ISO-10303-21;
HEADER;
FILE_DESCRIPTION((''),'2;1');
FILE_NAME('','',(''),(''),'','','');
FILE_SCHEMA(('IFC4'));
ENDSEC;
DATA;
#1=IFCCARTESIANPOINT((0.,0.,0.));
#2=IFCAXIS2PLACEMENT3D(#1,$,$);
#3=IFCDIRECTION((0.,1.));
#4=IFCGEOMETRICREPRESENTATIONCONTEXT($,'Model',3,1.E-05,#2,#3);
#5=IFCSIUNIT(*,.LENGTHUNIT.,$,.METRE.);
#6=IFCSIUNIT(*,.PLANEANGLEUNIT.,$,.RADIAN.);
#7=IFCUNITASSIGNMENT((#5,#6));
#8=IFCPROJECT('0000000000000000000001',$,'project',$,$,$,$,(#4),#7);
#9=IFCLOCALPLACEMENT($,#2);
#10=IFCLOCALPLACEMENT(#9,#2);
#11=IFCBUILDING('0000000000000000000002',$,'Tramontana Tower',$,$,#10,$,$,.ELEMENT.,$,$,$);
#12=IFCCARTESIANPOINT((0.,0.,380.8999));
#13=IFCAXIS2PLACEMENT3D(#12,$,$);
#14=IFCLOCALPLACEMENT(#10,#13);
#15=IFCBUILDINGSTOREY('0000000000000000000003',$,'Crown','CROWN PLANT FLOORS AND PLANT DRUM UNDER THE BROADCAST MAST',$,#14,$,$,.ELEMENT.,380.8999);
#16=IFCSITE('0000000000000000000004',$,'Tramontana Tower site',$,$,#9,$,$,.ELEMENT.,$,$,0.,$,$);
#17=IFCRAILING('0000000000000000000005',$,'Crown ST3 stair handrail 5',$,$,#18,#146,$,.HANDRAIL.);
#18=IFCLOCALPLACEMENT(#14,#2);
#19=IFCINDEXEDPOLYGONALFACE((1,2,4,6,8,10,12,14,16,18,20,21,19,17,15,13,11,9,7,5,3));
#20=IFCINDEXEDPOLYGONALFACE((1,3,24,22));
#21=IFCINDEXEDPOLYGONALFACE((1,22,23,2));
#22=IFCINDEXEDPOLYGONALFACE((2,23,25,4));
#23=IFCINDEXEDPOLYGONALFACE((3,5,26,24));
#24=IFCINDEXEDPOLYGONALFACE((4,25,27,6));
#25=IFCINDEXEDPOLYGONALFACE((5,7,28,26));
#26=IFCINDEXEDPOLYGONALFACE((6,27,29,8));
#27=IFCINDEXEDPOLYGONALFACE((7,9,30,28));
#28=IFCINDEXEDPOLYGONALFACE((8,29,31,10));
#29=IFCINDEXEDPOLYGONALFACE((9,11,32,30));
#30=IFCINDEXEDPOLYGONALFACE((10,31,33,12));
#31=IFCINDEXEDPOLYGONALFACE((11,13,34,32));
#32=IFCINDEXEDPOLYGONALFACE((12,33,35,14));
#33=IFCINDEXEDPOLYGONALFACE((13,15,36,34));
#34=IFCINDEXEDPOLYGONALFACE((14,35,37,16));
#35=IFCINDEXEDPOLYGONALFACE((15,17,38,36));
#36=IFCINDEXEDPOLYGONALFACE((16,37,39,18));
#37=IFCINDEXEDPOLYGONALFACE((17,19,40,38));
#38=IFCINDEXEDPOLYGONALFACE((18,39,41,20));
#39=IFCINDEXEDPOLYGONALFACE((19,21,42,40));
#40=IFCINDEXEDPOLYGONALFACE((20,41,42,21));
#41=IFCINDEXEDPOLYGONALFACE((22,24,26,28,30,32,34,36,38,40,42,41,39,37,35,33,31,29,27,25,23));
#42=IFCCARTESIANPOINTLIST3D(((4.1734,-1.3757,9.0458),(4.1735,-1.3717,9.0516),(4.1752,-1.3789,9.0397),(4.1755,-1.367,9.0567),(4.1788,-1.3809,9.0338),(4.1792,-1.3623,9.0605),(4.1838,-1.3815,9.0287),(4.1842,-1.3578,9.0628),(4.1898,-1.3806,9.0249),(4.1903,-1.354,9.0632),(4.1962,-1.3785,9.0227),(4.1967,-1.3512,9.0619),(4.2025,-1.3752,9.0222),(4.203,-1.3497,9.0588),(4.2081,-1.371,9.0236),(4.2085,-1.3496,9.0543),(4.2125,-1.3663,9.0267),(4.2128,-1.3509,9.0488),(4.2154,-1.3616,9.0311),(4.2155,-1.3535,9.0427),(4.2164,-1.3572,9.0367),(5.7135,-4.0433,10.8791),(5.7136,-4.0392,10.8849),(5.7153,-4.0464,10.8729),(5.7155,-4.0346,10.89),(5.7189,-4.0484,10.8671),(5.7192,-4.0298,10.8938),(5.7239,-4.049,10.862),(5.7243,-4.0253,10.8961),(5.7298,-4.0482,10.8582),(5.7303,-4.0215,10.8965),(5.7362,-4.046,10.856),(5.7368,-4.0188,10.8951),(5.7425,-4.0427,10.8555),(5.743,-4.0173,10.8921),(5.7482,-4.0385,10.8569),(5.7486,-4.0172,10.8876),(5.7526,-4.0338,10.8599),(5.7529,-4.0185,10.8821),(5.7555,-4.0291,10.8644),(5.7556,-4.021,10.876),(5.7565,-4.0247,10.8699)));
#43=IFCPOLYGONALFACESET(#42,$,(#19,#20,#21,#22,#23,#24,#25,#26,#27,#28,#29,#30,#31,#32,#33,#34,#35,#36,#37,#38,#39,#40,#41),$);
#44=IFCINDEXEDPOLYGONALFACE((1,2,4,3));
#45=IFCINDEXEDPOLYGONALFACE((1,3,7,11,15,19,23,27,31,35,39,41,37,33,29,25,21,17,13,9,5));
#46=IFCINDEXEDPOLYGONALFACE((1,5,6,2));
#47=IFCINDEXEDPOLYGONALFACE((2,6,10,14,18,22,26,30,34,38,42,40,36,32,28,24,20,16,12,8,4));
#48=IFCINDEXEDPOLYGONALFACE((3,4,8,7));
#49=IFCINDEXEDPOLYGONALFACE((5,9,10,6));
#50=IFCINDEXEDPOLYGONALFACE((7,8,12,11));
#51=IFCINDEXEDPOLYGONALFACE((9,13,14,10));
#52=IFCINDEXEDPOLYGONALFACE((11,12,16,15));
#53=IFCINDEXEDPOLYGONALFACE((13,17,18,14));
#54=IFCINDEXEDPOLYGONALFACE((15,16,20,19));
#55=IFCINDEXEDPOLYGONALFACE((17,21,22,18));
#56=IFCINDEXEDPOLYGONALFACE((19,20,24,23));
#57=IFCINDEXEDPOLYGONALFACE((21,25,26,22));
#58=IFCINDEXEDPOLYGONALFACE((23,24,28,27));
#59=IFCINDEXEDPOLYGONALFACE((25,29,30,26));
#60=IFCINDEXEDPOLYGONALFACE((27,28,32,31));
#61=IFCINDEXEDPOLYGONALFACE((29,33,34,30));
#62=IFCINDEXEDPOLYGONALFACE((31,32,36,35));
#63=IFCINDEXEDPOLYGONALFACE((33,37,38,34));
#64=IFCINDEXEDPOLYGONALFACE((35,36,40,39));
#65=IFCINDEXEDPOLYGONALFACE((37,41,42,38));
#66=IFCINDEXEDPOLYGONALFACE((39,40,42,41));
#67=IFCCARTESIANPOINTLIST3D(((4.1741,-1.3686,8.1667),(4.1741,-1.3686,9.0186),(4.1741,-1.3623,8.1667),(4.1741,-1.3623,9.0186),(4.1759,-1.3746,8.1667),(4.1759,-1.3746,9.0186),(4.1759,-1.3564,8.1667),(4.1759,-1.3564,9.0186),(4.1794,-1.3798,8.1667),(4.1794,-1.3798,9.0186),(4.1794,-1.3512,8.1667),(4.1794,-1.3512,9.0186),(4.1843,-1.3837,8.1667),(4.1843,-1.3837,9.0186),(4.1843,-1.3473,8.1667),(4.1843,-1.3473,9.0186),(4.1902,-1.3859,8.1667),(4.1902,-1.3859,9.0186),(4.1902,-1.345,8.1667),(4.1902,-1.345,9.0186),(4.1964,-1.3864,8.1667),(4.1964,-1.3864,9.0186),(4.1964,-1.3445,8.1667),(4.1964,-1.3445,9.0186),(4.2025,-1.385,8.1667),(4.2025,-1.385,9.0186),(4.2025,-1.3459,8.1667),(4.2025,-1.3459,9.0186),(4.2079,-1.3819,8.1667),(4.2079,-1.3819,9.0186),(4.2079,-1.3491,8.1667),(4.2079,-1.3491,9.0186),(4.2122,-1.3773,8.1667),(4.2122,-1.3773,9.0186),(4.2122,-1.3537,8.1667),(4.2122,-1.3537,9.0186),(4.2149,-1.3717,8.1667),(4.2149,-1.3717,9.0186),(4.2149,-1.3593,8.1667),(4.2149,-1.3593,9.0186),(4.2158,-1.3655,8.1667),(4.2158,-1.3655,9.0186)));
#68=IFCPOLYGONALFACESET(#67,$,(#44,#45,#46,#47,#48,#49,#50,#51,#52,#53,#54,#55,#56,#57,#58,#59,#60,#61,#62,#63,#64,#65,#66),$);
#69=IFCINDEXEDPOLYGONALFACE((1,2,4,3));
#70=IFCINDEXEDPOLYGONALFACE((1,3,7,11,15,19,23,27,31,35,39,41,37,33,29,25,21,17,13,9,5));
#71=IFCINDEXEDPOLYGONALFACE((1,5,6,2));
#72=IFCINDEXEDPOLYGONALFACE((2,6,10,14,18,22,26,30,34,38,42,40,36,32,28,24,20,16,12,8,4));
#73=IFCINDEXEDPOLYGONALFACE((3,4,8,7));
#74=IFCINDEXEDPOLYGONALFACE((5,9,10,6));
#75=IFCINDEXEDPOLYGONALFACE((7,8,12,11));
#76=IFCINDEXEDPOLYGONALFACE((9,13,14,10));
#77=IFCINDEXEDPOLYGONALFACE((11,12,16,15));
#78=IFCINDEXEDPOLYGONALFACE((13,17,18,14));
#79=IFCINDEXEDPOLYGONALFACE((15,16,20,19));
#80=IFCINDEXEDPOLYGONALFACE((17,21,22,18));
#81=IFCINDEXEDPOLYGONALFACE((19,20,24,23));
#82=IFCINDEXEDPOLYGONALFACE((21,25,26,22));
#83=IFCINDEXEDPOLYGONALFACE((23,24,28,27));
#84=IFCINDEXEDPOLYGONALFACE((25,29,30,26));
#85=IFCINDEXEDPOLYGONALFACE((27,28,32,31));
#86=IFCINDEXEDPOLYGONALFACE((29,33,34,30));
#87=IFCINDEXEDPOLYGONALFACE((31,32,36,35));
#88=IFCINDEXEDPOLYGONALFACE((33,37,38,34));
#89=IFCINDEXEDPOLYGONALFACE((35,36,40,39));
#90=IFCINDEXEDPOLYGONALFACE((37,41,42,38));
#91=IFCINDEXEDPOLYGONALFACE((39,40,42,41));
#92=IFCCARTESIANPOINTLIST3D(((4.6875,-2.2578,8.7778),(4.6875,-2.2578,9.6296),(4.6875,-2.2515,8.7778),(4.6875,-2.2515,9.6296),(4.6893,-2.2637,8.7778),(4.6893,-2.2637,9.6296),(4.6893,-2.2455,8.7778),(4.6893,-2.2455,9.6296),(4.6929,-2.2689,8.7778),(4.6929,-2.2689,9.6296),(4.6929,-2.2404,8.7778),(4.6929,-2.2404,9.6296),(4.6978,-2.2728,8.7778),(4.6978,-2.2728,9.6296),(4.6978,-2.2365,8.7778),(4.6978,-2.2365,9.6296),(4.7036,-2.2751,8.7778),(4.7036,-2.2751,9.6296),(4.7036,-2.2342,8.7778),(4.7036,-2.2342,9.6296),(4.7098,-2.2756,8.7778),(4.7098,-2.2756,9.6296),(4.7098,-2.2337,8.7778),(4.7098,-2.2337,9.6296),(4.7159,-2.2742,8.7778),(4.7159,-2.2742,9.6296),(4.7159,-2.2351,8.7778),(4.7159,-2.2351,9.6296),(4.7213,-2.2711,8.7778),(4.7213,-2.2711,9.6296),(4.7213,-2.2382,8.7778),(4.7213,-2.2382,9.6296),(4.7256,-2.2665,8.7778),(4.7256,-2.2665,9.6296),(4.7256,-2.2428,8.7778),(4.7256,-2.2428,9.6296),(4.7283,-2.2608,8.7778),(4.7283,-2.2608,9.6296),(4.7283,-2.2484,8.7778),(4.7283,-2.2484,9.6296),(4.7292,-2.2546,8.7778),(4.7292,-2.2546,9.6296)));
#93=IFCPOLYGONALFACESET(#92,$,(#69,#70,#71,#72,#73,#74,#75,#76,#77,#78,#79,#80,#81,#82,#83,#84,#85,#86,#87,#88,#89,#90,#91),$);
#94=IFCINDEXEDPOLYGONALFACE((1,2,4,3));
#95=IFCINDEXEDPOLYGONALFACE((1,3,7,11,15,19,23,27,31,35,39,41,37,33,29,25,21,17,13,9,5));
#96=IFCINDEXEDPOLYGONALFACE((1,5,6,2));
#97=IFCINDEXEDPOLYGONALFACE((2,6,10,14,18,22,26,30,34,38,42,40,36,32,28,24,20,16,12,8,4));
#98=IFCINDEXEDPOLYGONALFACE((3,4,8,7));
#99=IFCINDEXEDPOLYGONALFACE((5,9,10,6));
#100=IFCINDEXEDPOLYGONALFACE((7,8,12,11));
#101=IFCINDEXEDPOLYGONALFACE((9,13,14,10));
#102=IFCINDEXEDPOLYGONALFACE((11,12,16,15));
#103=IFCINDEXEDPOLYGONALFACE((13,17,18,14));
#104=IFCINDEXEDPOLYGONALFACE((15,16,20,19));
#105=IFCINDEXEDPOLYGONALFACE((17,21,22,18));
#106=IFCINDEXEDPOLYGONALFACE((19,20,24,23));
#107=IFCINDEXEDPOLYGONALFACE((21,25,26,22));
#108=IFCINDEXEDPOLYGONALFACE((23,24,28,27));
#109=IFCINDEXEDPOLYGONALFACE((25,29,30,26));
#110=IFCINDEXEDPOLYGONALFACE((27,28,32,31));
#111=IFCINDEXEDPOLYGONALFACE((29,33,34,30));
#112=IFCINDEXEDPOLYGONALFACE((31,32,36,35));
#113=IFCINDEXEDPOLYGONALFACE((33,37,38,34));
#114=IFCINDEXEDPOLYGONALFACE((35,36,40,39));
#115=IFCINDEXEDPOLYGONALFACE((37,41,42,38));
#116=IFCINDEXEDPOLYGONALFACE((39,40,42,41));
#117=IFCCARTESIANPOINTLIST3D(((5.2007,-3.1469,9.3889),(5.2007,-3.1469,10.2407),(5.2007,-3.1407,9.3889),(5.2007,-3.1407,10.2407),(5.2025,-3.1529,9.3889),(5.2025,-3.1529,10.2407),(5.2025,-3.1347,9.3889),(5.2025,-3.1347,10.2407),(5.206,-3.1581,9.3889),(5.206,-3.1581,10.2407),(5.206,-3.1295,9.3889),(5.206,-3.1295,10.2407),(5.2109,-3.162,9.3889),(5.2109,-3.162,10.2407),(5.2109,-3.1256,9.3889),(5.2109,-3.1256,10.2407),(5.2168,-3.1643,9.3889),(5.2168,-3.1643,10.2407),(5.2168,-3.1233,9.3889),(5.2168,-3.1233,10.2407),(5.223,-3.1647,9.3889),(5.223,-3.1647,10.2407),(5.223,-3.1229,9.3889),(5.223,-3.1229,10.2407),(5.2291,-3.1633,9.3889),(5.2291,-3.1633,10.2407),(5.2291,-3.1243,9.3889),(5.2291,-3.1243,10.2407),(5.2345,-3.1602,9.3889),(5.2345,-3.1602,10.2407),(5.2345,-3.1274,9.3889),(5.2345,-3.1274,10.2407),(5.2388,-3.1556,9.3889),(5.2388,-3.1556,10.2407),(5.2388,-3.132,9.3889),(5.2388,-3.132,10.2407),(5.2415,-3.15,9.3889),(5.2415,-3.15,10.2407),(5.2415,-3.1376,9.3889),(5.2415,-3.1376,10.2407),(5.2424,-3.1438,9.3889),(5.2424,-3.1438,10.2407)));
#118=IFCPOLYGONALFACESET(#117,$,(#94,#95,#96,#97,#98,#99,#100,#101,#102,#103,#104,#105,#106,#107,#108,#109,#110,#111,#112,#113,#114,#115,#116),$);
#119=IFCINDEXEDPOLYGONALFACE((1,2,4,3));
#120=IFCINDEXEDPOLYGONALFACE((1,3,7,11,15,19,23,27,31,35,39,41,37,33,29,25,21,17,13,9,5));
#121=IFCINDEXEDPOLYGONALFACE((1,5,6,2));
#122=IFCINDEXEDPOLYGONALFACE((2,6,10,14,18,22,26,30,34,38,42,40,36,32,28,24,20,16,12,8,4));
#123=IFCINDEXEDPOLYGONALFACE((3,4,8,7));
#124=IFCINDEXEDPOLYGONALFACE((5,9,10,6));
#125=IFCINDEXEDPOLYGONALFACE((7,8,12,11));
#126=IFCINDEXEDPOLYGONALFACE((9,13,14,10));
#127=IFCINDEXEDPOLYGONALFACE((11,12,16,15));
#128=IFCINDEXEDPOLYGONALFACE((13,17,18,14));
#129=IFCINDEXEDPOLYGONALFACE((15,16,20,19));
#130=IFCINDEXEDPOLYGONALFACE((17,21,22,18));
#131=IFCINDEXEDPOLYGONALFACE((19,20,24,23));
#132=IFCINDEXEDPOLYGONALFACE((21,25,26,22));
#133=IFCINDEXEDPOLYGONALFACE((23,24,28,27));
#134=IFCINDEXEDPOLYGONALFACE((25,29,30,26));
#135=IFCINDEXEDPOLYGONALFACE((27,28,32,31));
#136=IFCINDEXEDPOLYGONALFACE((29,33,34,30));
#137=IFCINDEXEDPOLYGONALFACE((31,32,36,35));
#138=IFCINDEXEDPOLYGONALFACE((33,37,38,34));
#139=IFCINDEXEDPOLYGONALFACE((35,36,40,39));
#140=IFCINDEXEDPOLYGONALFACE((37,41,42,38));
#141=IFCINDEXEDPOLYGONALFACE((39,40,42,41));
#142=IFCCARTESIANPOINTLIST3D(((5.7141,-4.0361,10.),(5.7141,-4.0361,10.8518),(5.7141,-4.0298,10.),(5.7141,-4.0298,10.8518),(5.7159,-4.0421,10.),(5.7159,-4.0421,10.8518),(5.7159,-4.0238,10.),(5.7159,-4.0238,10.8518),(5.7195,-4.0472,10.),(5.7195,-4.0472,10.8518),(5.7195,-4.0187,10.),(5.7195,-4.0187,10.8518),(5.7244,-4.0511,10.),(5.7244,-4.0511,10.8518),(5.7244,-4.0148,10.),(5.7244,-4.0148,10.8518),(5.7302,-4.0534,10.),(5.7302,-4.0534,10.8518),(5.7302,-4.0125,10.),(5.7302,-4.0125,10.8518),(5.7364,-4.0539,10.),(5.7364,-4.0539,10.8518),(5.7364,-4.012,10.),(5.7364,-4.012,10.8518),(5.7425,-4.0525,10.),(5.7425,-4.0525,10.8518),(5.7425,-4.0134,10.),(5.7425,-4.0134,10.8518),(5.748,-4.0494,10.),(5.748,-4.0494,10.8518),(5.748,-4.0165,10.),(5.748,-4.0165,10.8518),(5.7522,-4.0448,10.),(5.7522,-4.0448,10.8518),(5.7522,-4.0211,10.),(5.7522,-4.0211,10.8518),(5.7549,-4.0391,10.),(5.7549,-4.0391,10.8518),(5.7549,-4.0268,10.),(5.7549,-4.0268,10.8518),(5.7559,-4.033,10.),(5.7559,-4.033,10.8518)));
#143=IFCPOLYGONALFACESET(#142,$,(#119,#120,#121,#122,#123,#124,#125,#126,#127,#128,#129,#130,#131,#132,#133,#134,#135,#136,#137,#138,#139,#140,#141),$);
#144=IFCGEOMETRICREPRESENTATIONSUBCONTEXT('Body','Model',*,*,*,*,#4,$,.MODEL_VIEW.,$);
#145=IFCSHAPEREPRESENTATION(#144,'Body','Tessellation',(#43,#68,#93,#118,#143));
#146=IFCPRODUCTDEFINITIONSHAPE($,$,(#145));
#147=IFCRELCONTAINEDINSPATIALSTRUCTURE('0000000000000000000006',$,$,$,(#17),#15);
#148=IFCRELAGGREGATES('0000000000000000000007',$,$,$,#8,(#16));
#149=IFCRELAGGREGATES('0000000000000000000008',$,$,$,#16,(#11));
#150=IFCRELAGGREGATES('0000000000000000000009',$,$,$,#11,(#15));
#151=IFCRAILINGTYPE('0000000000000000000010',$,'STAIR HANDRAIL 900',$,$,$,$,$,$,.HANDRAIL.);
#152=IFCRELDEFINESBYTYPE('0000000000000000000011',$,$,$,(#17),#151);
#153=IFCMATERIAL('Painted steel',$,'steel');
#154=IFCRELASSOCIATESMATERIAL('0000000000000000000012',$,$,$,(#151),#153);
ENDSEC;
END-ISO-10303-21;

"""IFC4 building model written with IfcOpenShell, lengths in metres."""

from ifc_helpers import new_model, si_unit, direction, frame, origin, origin_2d, place, context, subcontext, project, spatial, circle, extrude, material, type_object, element, save


model = new_model("IFC4")

# Units and contexts
model_context = context("Model", 3, precision=1e-05, world=origin(), true_north=direction((0.0, 1.0)))
body_context = subcontext(model_context, "Body", "Model", "MODEL_VIEW")
ifc_project = project(units=[si_unit("LENGTHUNIT", "METRE"), si_unit("PLANEANGLEUNIT", "RADIAN")], contexts=[model_context])

# Site, building, storey
site_placement = place(None, origin())
site = spatial("IfcSite", under=ifc_project, at=site_placement, Name="Tramontana Tower site", CompositionType="ELEMENT", RefElevation=0.0)
building_placement = place(site_placement, origin())
building = spatial("IfcBuilding", under=site, at=building_placement, Name="Tramontana Tower", CompositionType="ELEMENT")
storey_placement = place(building_placement, frame((0.0, 0.0, 380.8999)))
storey = spatial("IfcBuildingStorey", under=building, at=storey_placement, Name="Crown", Description="CROWN PLANT FLOORS AND PLANT DRUM UNDER THE BROADCAST MAST", CompositionType="ELEMENT", Elevation=380.8999)

# Railing
ifc_material_1 = material(Name="Painted steel", Category="steel")
railing_type_1 = type_object("IfcRailingType", Name="STAIR HANDRAIL 900", PredefinedType="HANDRAIL", material=ifc_material_1)
railing_1_placement = place(storey_placement, frame((4.1948, -1.3655, 8.1667)))
element("IfcRailing", 1, at=railing_1_placement, inside=storey, type_object=railing_type_1, Name="Crown ST3 stair handrail 5", PredefinedType="HANDRAIL", context=body_context, shape_type="SweptSolid", body=[
    extrude(circle(Radius=0.0239, at=origin_2d()), frame((0.0, 0.0, 0.876), z_axis=(0.429649, -0.74419, 0.511452), x_axis=(0.86603, 0.499992, 0.0)), (0.0, 0.0, 1.0), 3.5845),
    extrude(circle(Radius=0.021, at=origin_2d()), origin(), (0.0, 0.0, 1.0), 0.8518),
    extrude(circle(Radius=0.021, at=origin_2d()), frame((0.5134, -0.8892, 0.6111)), (0.0, 0.0, 1.0), 0.8518),
    extrude(circle(Radius=0.021, at=origin_2d()), frame((1.0266, -1.7783, 1.2222)), (0.0, 0.0, 1.0), 0.8518),
    extrude(circle(Radius=0.021, at=origin_2d()), frame((1.54, -2.6675, 1.8333)), (0.0, 0.0, 1.0), 0.8518),
])

save(model, "model.ifc")
